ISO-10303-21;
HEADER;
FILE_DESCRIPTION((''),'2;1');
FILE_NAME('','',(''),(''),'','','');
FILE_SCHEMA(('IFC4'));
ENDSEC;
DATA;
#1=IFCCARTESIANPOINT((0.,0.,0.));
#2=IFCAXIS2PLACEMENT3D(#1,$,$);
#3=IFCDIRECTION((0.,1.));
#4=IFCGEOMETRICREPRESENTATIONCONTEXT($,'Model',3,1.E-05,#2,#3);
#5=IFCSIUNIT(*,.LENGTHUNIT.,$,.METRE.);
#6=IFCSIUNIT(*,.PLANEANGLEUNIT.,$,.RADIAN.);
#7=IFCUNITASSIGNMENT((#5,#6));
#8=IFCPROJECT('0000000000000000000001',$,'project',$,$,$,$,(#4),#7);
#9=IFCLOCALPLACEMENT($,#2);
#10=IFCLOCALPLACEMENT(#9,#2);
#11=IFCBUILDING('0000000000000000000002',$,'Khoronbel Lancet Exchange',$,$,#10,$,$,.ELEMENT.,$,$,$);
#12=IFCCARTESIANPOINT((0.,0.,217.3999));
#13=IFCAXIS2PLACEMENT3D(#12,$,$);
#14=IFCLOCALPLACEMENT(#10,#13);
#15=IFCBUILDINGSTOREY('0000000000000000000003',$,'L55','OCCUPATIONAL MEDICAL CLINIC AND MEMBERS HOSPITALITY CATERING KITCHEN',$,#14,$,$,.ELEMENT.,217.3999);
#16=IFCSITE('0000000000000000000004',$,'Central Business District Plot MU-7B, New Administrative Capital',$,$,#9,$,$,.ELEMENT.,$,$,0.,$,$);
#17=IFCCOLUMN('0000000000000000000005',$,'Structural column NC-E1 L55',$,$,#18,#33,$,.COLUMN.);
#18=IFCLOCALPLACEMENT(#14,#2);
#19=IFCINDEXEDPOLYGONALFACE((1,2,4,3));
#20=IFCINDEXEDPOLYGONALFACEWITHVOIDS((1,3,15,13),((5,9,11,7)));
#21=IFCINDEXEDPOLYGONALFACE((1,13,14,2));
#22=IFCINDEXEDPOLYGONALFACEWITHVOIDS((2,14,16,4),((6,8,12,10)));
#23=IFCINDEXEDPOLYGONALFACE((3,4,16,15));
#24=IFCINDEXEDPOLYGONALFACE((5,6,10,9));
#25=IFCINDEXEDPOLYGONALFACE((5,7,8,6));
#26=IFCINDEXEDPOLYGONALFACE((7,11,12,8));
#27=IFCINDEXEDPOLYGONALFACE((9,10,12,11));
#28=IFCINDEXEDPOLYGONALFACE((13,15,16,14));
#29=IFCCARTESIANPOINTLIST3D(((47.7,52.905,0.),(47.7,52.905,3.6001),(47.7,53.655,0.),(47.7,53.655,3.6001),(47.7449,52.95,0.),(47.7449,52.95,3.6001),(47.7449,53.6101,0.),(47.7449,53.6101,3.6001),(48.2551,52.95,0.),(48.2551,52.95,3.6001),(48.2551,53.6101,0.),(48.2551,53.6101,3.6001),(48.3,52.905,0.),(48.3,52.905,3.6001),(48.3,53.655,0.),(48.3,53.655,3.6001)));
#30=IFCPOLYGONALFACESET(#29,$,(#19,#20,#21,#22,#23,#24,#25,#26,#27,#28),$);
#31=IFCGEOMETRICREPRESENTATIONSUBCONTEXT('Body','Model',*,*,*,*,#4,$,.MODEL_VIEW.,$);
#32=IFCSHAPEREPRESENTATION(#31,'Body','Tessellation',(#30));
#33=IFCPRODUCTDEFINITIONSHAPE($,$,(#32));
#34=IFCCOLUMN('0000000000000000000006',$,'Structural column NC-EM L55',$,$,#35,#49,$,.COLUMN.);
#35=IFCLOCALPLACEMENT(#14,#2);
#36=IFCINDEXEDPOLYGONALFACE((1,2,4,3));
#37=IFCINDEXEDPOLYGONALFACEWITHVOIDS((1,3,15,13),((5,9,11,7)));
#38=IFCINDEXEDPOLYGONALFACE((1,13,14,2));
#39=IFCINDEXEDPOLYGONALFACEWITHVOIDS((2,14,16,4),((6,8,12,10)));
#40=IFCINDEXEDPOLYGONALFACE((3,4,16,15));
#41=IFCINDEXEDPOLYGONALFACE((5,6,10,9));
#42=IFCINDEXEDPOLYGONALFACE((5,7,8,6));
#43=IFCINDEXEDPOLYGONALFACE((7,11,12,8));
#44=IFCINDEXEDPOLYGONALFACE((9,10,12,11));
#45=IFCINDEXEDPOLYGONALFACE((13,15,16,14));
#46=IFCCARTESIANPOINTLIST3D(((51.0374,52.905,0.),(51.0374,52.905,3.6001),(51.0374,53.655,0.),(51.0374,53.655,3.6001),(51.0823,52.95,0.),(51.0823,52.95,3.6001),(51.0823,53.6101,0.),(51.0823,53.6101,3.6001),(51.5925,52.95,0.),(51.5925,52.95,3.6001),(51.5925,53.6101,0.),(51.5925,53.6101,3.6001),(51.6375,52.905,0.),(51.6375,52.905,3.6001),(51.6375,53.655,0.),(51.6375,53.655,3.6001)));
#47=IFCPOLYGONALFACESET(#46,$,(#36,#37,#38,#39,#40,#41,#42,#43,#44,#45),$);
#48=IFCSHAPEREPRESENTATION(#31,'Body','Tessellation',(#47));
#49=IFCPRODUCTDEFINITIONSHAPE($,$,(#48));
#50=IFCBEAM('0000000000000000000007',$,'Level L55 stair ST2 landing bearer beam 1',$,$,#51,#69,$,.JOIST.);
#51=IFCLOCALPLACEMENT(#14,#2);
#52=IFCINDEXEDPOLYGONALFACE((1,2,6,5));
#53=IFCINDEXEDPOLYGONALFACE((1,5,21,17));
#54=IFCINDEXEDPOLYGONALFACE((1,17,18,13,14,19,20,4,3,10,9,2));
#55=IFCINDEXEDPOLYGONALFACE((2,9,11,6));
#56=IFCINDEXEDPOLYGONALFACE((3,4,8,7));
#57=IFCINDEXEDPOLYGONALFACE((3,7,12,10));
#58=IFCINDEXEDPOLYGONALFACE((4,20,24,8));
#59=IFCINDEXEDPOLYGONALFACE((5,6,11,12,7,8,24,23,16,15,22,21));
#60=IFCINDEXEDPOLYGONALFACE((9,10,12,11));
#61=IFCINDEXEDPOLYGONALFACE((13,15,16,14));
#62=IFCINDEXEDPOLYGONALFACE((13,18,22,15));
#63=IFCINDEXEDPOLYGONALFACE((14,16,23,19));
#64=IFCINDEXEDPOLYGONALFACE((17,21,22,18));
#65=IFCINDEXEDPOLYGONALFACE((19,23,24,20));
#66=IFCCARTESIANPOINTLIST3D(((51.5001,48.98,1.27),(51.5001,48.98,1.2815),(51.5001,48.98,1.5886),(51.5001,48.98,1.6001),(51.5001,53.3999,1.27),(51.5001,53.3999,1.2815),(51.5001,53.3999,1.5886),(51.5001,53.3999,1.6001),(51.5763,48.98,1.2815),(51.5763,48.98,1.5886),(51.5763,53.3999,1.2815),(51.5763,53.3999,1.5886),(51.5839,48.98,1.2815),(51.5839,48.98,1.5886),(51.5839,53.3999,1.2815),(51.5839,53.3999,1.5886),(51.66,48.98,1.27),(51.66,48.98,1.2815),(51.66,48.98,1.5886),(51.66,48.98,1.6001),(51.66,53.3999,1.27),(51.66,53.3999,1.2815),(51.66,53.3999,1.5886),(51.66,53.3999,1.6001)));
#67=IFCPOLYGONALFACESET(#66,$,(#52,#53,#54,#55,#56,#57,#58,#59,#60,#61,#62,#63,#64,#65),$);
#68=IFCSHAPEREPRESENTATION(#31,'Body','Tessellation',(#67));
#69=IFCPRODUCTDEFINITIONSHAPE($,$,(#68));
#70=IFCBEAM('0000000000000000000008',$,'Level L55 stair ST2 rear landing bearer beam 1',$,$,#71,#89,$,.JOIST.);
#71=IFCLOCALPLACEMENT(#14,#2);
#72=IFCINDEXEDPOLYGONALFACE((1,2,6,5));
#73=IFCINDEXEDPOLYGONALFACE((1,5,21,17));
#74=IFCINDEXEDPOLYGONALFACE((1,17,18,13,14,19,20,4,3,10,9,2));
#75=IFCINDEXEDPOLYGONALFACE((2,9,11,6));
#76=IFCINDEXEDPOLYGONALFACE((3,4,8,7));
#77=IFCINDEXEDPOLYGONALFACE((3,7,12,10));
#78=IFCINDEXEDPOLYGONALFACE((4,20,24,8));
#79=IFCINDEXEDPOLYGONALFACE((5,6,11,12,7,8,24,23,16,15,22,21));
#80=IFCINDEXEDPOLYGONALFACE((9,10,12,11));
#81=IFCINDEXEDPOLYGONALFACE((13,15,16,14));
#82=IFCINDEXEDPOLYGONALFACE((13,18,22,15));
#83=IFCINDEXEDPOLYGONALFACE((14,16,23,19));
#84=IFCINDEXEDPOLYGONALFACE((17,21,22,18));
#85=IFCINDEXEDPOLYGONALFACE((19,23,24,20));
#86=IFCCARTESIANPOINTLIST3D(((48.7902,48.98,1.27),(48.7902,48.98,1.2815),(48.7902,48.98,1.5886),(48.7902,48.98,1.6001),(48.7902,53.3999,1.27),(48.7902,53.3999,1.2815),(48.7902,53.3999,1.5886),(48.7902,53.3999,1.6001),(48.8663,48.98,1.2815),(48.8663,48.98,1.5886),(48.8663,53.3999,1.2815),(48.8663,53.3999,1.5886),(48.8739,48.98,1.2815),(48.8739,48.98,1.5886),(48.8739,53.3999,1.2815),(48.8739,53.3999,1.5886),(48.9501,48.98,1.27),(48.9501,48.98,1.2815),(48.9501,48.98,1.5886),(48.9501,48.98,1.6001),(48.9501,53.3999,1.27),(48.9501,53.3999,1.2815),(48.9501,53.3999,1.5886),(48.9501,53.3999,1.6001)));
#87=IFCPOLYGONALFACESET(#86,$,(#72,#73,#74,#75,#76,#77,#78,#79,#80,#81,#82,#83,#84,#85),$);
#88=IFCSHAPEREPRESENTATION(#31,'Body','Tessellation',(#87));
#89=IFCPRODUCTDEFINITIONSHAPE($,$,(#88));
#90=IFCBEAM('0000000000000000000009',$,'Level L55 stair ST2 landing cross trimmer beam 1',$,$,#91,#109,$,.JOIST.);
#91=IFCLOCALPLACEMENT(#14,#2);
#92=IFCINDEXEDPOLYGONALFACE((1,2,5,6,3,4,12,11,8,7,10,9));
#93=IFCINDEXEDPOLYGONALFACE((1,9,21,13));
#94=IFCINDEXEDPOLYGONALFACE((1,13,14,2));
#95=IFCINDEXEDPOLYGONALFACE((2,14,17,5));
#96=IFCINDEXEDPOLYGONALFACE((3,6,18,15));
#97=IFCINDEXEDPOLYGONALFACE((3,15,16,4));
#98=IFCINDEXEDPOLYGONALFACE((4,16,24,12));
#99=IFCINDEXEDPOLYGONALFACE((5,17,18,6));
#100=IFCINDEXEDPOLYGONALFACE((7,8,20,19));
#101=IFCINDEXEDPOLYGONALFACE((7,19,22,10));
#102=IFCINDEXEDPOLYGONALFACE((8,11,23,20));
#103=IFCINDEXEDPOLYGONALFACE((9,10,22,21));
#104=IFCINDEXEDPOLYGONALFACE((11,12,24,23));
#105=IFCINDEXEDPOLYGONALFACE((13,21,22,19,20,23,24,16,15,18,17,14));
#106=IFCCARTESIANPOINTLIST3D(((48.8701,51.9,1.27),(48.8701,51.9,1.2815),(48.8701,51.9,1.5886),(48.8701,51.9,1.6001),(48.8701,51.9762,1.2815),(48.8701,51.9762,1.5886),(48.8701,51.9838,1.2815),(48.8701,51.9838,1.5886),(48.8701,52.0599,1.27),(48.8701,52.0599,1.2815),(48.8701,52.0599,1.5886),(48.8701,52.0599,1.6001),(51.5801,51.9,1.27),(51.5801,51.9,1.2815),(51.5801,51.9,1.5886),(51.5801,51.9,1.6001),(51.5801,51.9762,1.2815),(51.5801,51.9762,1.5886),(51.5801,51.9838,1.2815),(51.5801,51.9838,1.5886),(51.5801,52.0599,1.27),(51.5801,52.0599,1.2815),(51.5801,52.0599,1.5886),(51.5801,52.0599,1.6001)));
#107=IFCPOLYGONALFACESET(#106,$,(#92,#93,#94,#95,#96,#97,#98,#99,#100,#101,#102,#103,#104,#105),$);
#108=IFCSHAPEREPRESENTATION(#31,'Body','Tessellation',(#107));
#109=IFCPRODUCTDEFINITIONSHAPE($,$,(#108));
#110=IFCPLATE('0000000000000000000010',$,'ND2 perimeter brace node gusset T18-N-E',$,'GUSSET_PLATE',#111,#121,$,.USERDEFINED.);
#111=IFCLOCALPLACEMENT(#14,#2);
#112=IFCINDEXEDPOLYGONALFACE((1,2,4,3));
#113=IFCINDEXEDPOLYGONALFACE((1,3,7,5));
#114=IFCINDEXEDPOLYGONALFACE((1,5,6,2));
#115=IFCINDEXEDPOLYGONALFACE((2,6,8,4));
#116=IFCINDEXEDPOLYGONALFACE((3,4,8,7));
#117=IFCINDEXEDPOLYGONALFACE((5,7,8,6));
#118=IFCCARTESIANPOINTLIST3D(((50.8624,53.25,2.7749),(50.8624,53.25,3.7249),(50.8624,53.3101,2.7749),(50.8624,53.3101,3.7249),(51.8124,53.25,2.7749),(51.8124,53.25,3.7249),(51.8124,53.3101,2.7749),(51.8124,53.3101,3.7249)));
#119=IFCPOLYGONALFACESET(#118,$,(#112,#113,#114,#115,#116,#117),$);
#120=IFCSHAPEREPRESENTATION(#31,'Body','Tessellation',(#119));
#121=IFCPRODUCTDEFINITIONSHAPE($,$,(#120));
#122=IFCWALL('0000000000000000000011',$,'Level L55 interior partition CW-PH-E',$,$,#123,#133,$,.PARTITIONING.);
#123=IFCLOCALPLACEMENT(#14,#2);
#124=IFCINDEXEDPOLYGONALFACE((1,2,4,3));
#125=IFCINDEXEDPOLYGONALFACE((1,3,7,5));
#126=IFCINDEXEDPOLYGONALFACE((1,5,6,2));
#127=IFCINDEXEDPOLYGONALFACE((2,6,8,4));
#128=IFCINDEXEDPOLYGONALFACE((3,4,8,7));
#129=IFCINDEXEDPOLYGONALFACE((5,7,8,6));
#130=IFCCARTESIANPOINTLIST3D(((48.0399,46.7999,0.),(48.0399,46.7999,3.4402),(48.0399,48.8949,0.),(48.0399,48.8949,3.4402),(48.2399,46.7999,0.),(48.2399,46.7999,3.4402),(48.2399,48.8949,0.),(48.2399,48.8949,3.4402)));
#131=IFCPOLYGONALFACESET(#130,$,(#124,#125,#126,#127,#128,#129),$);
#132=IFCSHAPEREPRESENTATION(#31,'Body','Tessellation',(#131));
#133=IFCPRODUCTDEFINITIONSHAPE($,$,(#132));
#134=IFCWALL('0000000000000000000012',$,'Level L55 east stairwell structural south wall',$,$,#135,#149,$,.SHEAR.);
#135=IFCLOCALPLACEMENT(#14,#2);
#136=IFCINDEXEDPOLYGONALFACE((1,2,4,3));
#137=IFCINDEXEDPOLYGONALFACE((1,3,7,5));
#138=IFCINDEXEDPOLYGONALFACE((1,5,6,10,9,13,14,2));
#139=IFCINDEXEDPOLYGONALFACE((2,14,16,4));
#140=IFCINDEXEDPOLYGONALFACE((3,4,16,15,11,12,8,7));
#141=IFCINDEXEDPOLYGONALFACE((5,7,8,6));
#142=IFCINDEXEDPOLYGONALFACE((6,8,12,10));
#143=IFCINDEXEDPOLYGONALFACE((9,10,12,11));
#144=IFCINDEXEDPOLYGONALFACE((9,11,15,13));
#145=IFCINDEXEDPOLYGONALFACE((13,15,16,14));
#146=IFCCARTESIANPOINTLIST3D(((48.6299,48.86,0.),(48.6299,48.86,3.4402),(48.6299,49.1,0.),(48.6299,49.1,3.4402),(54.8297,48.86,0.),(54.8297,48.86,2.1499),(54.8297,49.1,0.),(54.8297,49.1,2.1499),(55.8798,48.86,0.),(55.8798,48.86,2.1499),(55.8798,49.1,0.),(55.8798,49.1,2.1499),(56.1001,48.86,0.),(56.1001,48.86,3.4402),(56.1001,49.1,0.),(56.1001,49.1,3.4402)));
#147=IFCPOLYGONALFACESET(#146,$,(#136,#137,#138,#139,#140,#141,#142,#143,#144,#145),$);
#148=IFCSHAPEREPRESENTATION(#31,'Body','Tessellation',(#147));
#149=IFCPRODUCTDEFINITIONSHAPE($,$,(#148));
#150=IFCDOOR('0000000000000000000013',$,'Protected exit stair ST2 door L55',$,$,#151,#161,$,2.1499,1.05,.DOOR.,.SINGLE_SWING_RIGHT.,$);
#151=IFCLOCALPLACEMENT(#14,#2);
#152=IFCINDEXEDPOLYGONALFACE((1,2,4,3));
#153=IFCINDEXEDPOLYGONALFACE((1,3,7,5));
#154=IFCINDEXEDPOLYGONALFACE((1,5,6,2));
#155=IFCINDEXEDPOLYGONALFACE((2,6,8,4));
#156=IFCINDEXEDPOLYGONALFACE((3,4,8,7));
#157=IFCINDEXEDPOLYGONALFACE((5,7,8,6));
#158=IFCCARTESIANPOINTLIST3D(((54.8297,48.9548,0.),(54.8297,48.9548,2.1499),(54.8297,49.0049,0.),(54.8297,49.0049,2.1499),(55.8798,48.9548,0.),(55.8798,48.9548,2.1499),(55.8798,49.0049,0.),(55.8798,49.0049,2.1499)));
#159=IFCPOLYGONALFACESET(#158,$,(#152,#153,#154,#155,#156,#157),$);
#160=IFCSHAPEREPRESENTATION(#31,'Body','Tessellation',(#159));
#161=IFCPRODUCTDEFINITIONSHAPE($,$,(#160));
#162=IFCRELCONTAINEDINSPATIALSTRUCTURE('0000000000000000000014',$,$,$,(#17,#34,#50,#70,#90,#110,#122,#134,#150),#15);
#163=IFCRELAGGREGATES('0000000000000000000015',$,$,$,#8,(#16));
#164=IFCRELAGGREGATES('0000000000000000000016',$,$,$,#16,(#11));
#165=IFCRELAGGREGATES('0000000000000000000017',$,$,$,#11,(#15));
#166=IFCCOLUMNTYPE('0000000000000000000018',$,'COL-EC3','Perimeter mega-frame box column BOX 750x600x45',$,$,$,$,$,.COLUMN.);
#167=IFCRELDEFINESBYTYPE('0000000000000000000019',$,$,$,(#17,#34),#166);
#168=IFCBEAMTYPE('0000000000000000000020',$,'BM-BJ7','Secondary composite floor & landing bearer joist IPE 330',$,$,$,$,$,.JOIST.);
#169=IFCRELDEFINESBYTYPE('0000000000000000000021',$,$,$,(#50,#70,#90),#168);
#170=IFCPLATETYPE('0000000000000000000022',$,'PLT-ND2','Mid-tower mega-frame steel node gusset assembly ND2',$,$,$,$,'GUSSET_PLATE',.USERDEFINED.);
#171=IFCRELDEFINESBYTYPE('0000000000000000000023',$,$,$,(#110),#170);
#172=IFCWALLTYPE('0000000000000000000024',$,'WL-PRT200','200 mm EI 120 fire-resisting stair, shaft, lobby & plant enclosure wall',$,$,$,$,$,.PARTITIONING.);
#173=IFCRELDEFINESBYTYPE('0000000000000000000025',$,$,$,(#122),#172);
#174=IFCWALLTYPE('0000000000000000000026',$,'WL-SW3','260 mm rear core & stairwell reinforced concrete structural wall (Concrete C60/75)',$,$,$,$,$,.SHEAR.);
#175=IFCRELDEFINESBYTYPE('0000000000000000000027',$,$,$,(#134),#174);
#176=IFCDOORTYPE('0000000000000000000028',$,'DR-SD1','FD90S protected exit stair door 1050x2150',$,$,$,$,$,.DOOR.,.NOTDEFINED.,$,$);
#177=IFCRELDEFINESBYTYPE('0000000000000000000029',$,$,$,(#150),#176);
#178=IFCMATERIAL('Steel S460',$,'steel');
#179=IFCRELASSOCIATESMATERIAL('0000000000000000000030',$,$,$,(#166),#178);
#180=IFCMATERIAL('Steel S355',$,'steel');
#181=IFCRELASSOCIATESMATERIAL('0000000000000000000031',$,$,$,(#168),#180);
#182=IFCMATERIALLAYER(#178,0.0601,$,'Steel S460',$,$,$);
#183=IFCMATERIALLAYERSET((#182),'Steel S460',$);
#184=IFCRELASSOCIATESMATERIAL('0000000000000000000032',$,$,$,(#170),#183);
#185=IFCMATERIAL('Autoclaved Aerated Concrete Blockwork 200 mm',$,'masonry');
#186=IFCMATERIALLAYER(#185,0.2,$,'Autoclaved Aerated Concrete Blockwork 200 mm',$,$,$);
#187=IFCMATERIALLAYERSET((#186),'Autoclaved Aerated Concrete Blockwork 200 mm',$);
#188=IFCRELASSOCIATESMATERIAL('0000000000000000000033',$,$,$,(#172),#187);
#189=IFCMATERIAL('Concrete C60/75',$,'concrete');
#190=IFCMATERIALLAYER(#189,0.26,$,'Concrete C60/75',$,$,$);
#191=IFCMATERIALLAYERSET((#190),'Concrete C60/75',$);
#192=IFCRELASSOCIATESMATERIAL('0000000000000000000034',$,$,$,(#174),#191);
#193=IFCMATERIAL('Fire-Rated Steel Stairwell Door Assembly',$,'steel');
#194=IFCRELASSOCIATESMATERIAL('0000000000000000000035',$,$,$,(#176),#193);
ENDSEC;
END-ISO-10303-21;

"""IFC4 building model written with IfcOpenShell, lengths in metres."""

from ifc_helpers import new_model, si_unit, direction, frame, frame_2d, origin, origin_2d, place, context, subcontext, project, spatial, rectangle, hollow_rectangle, i_section, extrude, material, layer, layer_set, material_profile, profile_set, type_object, element, fill, save


model = new_model("IFC4")

# Units and contexts
model_context = context("Model", 3, precision=1e-05, world=origin(), true_north=direction((0.0, 1.0)))
body_context = subcontext(model_context, "Body", "Model", "MODEL_VIEW")
ifc_project = project(units=[si_unit("LENGTHUNIT", "METRE"), si_unit("PLANEANGLEUNIT", "RADIAN")], contexts=[model_context])

# Site, building, storey
site_placement = place(None, origin())
site = spatial("IfcSite", under=ifc_project, at=site_placement, Name="Central Business District Plot MU-7B, New Administrative Capital", CompositionType="ELEMENT", RefElevation=0.0)
building_placement = place(site_placement, origin())
building = spatial("IfcBuilding", under=site, at=building_placement, Name="Khoronbel Lancet Exchange", CompositionType="ELEMENT")
storey_placement = place(building_placement, frame((0.0, 0.0, 217.3999)))
storey = spatial("IfcBuildingStorey", under=building, at=storey_placement, Name="L55", Description="OCCUPATIONAL MEDICAL CLINIC AND MEMBERS HOSPITALITY CATERING KITCHEN", CompositionType="ELEMENT", Elevation=217.3999)

# Columns
ifc_material_1 = material(Name="Steel S460", Category="steel")
ifc_material_profile_1 = material_profile(ifc_material_1, hollow_rectangle(XDim=0.6001, YDim=0.75, WallThickness=0.0449, at=origin_2d()), Name="BOX 750x600x45")
ifc_profile_set_1 = profile_set([ifc_material_profile_1], Name="Steel S460")
column_type = type_object("IfcColumnType", Name="COL-EC3", Description="Perimeter mega-frame box column BOX 750x600x45", PredefinedType="COLUMN", material=ifc_profile_set_1)
for number, where, z_axis, x_axis, name in (
    (1, (48.0, 53.28, 0.0), (0.0, 0.0, 1.0), (1.0, 0.0, 0.0), "Structural column NC-E1 L55"),
    (2, (51.3374, 53.28, 0.0), (0.0, 0.0, 1.0), (1.0, 0.0, 0.0), "Structural column NC-EM L55"),
):
    element("IfcColumn", number, at=place(storey_placement, frame(where, z_axis=z_axis, x_axis=x_axis)), inside=storey, type_object=column_type, Name=name, PredefinedType="COLUMN", context=body_context, shape_type="SweptSolid", body=[
        extrude(hollow_rectangle(XDim=0.6001, YDim=0.75, WallThickness=0.0449, at=origin_2d()), origin(), (0.0, 0.0, 1.0), 3.6001),
    ])

# Beams
ifc_material_2 = material(Name="Steel S355", Category="steel")
ifc_material_profile_2 = material_profile(ifc_material_2, i_section(OverallWidth=0.1599, OverallDepth=0.3301, WebThickness=0.0076, FlangeThickness=0.0115, at=origin_2d()), Name="IPE 330")
ifc_profile_set_2 = profile_set([ifc_material_profile_2], Name="Steel S355")
beam_type = type_object("IfcBeamType", Name="BM-BJ7", Description="Secondary composite floor & landing bearer joist IPE 330", PredefinedType="JOIST", material=ifc_profile_set_2)
for number, where, z_axis, x_axis, name in (
    (3, (51.5801, 48.98, 1.4351), (0.0, 1.0, 0.0), (-1.0, 0.0, 0.0), "Level L55 stair ST2 landing bearer beam 1"),
    (4, (48.8701, 48.98, 1.4351), (0.0, 1.0, 0.0), (-1.0, 0.0, 0.0), "Level L55 stair ST2 rear landing bearer beam 1"),
):
    element("IfcBeam", number, at=place(storey_placement, frame(where, z_axis=z_axis, x_axis=x_axis)), inside=storey, type_object=beam_type, Name=name, PredefinedType="JOIST", context=body_context, shape_type="SweptSolid", body=[
        extrude(i_section(OverallWidth=0.1599, OverallDepth=0.3301, WebThickness=0.0076, FlangeThickness=0.0115, at=origin_2d()), origin(), (0.0, 0.0, 1.0), 4.4199),
    ])
beam_placement = place(storey_placement, frame((48.8701, 51.98, 1.4351), z_axis=(1.0, 0.0, 0.0), x_axis=(0.0, 1.0, 0.0)))
element("IfcBeam", 5, at=beam_placement, inside=storey, type_object=beam_type, Name="Level L55 stair ST2 landing cross trimmer beam 1", PredefinedType="JOIST", context=body_context, shape_type="SweptSolid", body=[
    extrude(i_section(OverallWidth=0.1599, OverallDepth=0.3301, WebThickness=0.0076, FlangeThickness=0.0115, at=origin_2d()), origin(), (0.0, 0.0, 1.0), 2.71),
])

# Plate
ifc_layer_1 = layer(ifc_material_1, 0.0601, Name="Steel S460")
ifc_layer_set_1 = layer_set([ifc_layer_1], Name="Steel S460")
plate_type = type_object("IfcPlateType", Name="PLT-ND2", Description="Mid-tower mega-frame steel node gusset assembly ND2", ElementType="GUSSET_PLATE", PredefinedType="USERDEFINED", material=ifc_layer_set_1)
plate_placement = place(storey_placement, frame((51.3374, 53.28, 2.7749), z_axis=(0.0, 0.0, 1.0), x_axis=(1.0, 0.0, 0.0)))
element("IfcPlate", 6, at=plate_placement, inside=storey, type_object=plate_type, Name="ND2 perimeter brace node gusset T18-N-E", ObjectType="GUSSET_PLATE", PredefinedType="USERDEFINED", context=body_context, shape_type="SweptSolid", body=[
    extrude(rectangle(XDim=0.95, YDim=0.0601, at=origin_2d()), origin(), (0.0, 0.0, 1.0), 0.95),
])

# Wall
ifc_material_3 = material(Name="Autoclaved Aerated Concrete Blockwork 200 mm", Category="masonry")
ifc_layer_2 = layer(ifc_material_3, 0.2, Name="Autoclaved Aerated Concrete Blockwork 200 mm")
ifc_layer_set_2 = layer_set([ifc_layer_2], Name="Autoclaved Aerated Concrete Blockwork 200 mm")
wall_type_1 = type_object("IfcWallType", Name="WL-PRT200", Description="200 mm EI 120 fire-resisting stair, shaft, lobby & plant enclosure wall", PredefinedType="PARTITIONING", material=ifc_layer_set_2)
wall_1_placement = place(storey_placement, frame((48.1399, 46.8, 0.0), z_axis=(0.0, 0.0, 1.0), x_axis=(0.0, 1.0, 0.0)))
element("IfcWall", 7, at=wall_1_placement, inside=storey, type_object=wall_type_1, Name="Level L55 interior partition CW-PH-E", PredefinedType="PARTITIONING", context=body_context, shape_type="SweptSolid", body=[
    extrude(rectangle(XDim=2.095, YDim=0.2, at=frame_2d((1.0474, 0.0))), origin(), (0.0, 0.0, 1.0), 3.4402),
])

# Wall, opening, door
ifc_material_4 = material(Name="Concrete C60/75", Category="concrete")
ifc_layer_3 = layer(ifc_material_4, 0.26, Name="Concrete C60/75")
ifc_layer_set_3 = layer_set([ifc_layer_3], Name="Concrete C60/75")
wall_type_2 = type_object("IfcWallType", Name="WL-SW3", Description="260 mm rear core & stairwell reinforced concrete structural wall (Concrete C60/75)", PredefinedType="SHEAR", material=ifc_layer_set_3)
wall_2_placement = place(storey_placement, frame((48.6299, 48.98, 0.0), z_axis=(0.0, 0.0, 1.0), x_axis=(1.0, 0.0, 0.0)))
wall_2 = element("IfcWall", 8, at=wall_2_placement, inside=storey, type_object=wall_type_2, Name="Level L55 east stairwell structural south wall", PredefinedType="SHEAR", context=body_context, shape_type="SweptSolid", body=[
    extrude(rectangle(XDim=7.4702, YDim=0.24, at=frame_2d((3.7351, 0.0))), origin(), (0.0, 0.0, 1.0), 3.4402),
])
opening_placement = place(wall_2_placement, frame((6.2, 0.0, 0.0)))
opening = element("IfcOpeningElement", 9, at=opening_placement, cuts=wall_2, PredefinedType="OPENING", context=body_context, shape_type="SweptSolid", body=[
    extrude(rectangle(XDim=1.05, YDim=2.1499, at=frame_2d((0.5249, 1.075))), frame((0.0, 0.1299, 0.0), z_axis=(0.0, -1.0, 0.0), x_axis=(1.0, 0.0, 0.0)), (0.0, 0.0, 1.0), 0.26),
])
ifc_material_5 = material(Name="Fire-Rated Steel Stairwell Door Assembly", Category="steel")
door_type = type_object("IfcDoorType", Name="DR-SD1", Description="FD90S protected exit stair door 1050x2150", OperationType="NOTDEFINED", PredefinedType="DOOR", material=ifc_material_5)
door_placement = place(opening_placement, origin())
door = element("IfcDoor", 10, at=door_placement, inside=storey, type_object=door_type, Name="Protected exit stair ST2 door L55", OperationType="SINGLE_SWING_RIGHT", OverallHeight=2.1499, OverallWidth=1.05, PredefinedType="DOOR", context=body_context, shape_type="SweptSolid", body=[
    extrude(rectangle(XDim=1.05, YDim=2.1499, at=frame_2d((0.5249, 1.075))), frame((0.0, 0.0249, 0.0), z_axis=(0.0, -1.0, 0.0), x_axis=(1.0, 0.0, 0.0)), (0.0, 0.0, 1.0), 0.05),
])
fill(opening, door)

save(model, "model.ifc")
